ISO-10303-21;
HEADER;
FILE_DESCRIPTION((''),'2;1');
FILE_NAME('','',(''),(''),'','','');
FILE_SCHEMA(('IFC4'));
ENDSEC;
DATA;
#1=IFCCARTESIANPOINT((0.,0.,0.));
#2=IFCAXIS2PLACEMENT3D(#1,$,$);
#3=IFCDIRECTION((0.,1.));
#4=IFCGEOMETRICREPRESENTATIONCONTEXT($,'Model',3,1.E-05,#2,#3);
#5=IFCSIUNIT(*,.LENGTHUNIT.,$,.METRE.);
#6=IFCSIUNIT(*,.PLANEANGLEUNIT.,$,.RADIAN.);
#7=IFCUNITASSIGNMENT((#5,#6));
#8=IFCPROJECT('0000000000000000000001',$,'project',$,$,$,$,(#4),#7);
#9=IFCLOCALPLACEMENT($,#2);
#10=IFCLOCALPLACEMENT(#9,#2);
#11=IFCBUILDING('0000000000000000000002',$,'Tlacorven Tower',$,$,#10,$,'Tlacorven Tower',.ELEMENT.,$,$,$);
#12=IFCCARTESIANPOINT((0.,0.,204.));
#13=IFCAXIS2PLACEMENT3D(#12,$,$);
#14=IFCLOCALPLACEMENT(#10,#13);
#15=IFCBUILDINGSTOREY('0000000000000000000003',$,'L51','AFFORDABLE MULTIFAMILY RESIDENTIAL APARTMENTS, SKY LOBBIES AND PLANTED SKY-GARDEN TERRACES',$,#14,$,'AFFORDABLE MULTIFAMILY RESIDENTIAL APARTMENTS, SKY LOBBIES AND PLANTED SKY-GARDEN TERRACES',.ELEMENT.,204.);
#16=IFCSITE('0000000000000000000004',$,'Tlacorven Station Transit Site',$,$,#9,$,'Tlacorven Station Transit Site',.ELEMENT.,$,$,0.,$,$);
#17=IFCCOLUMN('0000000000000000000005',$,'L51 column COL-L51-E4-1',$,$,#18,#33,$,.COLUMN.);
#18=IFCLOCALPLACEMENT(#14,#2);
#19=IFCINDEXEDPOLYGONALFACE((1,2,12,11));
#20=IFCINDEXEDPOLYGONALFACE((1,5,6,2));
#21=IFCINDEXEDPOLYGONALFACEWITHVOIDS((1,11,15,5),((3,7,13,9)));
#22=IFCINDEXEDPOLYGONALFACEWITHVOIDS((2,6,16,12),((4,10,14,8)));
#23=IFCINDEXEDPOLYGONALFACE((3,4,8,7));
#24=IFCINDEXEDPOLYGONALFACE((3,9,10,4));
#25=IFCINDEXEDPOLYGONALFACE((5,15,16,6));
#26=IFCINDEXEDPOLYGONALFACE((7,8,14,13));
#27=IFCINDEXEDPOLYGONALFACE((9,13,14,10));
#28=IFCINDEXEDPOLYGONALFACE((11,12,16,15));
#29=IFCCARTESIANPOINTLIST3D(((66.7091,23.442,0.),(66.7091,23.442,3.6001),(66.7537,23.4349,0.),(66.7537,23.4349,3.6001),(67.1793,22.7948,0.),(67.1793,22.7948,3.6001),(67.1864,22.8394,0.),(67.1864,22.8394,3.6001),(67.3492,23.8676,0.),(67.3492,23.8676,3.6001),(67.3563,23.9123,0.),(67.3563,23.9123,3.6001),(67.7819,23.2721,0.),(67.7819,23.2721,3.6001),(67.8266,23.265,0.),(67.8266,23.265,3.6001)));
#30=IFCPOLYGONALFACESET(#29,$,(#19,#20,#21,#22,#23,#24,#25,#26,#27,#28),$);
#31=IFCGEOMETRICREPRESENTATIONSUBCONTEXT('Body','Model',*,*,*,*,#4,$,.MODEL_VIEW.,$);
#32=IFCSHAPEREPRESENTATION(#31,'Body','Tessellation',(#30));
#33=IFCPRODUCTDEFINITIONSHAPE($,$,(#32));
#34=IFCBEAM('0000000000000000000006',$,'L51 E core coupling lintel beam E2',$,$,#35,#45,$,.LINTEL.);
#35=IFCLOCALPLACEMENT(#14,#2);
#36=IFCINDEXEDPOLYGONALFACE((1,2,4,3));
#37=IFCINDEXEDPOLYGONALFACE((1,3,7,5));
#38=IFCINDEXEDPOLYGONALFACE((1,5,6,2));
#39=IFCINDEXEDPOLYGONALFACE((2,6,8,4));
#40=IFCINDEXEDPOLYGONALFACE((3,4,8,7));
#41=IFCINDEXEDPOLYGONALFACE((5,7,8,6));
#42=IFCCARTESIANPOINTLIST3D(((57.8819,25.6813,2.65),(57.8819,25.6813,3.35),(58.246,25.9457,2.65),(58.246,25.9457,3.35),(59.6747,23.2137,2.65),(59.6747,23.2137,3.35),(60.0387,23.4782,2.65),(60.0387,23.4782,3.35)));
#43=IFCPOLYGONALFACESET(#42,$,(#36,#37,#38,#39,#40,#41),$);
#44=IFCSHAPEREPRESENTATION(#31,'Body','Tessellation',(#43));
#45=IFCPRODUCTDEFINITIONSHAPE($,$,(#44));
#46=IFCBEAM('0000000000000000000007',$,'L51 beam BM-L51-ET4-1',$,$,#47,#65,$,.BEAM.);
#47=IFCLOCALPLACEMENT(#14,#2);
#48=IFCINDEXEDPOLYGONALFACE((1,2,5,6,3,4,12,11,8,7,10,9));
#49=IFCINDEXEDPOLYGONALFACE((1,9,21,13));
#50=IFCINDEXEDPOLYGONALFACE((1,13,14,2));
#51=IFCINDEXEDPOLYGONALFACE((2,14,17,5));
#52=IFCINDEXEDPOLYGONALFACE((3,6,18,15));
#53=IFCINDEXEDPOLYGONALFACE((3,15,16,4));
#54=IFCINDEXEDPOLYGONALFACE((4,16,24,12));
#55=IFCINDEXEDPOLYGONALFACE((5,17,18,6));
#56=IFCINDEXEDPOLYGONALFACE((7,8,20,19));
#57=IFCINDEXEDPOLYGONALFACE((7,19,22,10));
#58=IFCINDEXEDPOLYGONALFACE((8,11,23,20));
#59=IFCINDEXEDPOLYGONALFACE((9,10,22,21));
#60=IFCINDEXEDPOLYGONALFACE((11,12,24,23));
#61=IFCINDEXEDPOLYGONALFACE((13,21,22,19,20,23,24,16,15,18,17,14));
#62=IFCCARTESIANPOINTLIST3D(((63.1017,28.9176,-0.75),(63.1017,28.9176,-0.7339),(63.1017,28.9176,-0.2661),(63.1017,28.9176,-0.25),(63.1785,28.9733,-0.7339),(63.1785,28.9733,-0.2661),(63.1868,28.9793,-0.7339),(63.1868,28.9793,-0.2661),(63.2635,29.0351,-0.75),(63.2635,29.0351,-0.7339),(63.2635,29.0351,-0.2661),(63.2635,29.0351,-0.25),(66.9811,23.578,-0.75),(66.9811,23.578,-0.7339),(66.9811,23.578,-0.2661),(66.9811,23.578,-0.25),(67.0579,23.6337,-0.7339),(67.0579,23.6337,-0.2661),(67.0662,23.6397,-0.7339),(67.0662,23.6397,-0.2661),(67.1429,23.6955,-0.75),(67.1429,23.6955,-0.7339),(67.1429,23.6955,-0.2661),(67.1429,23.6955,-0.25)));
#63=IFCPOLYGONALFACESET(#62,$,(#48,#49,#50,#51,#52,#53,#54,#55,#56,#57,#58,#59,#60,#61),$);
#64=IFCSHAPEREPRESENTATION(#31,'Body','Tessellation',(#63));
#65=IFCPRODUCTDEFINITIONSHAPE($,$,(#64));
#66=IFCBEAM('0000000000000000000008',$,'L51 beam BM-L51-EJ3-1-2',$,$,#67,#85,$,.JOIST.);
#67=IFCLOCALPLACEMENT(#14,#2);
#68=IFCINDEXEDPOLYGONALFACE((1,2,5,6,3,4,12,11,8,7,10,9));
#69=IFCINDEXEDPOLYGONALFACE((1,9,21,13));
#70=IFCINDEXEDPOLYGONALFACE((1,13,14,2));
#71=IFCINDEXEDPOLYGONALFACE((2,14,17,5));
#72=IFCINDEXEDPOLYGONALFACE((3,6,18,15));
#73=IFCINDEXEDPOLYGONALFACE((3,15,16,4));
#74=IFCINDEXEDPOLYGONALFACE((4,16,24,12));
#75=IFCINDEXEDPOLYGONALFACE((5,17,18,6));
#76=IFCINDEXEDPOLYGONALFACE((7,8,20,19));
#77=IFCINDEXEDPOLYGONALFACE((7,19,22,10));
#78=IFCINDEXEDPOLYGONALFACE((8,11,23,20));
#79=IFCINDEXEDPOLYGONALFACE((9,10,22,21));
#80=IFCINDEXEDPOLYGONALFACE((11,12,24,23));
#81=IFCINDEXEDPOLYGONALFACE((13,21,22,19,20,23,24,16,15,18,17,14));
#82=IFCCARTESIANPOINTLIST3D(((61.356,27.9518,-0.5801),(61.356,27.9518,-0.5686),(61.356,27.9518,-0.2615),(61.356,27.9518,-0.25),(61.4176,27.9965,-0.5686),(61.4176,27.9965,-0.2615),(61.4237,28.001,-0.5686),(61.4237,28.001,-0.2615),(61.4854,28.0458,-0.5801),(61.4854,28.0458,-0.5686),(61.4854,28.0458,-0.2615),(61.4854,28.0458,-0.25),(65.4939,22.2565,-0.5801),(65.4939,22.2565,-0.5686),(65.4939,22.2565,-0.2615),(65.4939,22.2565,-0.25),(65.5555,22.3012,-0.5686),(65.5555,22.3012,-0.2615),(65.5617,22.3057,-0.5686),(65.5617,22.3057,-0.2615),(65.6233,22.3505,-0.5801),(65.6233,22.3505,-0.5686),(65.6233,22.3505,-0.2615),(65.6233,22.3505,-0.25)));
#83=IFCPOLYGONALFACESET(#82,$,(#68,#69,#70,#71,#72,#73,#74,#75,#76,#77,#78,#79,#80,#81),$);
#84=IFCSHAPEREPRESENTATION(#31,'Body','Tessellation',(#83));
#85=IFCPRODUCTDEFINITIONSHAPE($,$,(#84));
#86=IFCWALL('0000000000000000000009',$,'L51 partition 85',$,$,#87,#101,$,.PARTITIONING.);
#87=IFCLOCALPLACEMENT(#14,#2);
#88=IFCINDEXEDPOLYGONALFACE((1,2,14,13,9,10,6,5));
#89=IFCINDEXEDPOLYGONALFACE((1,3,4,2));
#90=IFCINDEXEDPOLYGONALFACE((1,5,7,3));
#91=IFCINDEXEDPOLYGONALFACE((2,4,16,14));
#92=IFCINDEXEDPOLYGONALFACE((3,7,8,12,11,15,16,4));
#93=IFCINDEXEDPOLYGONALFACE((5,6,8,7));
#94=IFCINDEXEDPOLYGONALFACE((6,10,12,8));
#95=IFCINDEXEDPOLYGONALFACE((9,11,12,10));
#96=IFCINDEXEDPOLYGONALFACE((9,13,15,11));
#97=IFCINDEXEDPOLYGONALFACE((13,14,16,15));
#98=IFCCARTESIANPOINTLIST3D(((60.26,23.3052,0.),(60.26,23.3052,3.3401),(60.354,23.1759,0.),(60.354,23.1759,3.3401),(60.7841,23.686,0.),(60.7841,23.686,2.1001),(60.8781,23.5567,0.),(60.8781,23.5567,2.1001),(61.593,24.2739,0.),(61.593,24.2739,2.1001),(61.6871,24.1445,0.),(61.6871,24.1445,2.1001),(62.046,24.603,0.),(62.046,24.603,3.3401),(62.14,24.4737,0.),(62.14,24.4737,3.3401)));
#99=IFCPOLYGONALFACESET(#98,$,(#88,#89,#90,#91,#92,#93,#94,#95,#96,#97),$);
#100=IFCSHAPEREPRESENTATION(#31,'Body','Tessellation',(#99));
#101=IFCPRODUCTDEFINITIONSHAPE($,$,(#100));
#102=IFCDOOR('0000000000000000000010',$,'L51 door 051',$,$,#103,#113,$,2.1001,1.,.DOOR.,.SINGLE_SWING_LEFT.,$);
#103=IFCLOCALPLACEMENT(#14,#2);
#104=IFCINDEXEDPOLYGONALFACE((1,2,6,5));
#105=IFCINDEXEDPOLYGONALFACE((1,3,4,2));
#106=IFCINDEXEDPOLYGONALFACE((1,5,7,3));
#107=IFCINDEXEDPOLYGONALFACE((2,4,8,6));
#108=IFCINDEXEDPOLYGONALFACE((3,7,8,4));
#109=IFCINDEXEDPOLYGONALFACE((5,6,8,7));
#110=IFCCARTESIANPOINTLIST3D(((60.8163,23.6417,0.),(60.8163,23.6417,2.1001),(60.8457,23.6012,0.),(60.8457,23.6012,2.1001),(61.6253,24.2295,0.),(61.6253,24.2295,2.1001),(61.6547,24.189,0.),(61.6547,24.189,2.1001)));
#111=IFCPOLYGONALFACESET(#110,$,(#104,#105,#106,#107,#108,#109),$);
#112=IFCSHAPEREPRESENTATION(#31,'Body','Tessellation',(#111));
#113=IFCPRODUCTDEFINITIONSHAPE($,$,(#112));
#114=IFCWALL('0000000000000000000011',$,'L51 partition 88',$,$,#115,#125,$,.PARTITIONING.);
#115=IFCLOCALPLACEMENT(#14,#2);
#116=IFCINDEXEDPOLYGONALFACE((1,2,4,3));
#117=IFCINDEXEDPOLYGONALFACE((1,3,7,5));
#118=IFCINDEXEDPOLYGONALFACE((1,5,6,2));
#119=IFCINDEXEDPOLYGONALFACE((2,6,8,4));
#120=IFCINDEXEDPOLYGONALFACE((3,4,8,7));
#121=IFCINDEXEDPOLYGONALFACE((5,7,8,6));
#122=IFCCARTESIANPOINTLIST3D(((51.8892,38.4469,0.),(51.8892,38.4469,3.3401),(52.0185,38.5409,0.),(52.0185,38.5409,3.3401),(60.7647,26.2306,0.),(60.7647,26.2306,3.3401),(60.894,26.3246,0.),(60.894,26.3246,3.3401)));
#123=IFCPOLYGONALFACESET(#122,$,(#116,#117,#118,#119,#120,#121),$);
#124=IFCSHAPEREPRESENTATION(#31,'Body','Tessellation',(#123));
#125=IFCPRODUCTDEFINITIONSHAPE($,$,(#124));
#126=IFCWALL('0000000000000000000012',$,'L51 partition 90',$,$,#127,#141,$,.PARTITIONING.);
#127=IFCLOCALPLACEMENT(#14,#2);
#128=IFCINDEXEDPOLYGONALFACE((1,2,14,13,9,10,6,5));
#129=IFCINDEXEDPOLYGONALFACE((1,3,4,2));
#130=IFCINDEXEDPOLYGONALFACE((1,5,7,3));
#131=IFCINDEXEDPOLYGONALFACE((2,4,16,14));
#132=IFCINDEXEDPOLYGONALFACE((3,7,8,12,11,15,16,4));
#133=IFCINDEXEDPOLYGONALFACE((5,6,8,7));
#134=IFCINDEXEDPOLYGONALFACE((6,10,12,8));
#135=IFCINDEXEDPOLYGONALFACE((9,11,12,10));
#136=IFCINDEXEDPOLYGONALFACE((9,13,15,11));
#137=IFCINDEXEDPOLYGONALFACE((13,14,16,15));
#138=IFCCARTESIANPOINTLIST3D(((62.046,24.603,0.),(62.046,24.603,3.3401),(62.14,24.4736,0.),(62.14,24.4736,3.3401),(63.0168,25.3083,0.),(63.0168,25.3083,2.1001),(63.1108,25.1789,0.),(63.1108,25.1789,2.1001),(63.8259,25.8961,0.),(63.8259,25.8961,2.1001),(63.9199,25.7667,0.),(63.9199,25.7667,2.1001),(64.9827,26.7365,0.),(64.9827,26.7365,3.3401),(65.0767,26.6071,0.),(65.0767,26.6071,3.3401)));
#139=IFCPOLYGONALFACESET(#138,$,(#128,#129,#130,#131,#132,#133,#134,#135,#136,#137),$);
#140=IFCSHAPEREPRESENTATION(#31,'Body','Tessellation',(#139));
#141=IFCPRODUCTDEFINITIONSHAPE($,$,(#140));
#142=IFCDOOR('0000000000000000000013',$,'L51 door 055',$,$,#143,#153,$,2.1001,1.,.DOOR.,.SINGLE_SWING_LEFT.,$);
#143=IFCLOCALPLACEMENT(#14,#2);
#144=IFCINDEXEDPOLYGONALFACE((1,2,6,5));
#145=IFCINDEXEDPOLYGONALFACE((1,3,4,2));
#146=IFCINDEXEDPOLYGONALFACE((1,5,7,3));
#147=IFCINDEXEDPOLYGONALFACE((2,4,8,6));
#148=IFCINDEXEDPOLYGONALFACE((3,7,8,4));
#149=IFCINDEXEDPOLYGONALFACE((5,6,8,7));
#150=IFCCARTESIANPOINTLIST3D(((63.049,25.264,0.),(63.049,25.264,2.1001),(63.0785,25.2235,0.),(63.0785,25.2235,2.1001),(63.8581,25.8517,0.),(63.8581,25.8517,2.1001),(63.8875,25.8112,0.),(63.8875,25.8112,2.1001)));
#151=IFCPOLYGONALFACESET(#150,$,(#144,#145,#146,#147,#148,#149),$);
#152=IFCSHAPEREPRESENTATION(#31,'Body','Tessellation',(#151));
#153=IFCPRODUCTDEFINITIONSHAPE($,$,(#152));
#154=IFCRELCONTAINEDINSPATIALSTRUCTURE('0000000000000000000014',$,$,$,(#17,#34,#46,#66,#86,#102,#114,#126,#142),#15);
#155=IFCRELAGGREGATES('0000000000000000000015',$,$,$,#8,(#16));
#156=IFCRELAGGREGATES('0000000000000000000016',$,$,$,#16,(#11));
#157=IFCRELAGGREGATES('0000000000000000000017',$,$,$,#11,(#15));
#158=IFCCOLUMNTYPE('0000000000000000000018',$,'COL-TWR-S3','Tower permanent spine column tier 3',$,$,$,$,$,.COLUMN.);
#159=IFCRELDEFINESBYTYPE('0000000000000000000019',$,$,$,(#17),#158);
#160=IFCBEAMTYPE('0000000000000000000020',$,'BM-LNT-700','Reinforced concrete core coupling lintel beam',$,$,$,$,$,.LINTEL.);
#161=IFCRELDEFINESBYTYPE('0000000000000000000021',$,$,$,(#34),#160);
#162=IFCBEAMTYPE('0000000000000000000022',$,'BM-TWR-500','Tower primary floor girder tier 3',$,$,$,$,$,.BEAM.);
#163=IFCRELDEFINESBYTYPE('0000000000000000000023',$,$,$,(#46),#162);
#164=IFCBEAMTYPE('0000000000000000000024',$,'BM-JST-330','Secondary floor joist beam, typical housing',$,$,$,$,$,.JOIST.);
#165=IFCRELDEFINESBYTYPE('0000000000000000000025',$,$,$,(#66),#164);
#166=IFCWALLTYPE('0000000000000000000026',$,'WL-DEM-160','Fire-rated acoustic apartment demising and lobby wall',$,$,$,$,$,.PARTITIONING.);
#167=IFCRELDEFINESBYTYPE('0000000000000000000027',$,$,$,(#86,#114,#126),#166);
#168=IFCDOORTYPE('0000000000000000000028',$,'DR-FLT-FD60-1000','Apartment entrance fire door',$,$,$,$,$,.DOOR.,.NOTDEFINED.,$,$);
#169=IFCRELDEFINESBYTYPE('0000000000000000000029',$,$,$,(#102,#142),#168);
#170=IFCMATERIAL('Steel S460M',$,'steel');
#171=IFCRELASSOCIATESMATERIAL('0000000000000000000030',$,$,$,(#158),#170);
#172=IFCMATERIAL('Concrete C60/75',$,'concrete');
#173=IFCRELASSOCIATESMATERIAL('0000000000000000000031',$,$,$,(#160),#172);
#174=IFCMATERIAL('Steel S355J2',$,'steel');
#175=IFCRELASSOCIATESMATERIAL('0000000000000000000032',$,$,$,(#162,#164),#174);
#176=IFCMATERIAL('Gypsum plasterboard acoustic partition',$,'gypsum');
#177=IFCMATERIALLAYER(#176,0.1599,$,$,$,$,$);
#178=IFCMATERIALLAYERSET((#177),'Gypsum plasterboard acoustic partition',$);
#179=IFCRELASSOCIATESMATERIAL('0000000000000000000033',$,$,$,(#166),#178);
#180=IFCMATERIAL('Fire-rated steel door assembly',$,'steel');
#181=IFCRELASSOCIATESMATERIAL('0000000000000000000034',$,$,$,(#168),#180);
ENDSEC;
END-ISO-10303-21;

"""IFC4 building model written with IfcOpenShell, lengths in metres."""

from ifc_helpers import new_model, si_unit, direction, frame, frame_2d, origin, origin_2d, place, context, subcontext, project, spatial, rectangle, hollow_rectangle, i_section, extrude, source, transform, mapped, material, layer, layer_set, material_profile, profile_set, type_object, element, fill, save


model = new_model("IFC4")

# Units and contexts
model_context = context("Model", 3, precision=1e-05, world=origin(), true_north=direction((0.0, 1.0)))
body_context = subcontext(model_context, "Body", "Model", "MODEL_VIEW")
ifc_project = project(units=[si_unit("LENGTHUNIT", "METRE"), si_unit("PLANEANGLEUNIT", "RADIAN")], contexts=[model_context])

# Site, building, storey
site_placement = place(None, origin())
site = spatial("IfcSite", under=ifc_project, at=site_placement, Name="Tlacorven Station Transit Site", LongName="Tlacorven Station Transit Site", CompositionType="ELEMENT", RefElevation=0.0)
building_placement = place(site_placement, origin())
building = spatial("IfcBuilding", under=site, at=building_placement, Name="Tlacorven Tower", LongName="Tlacorven Tower", CompositionType="ELEMENT")
storey_placement = place(building_placement, frame((0.0, 0.0, 204.0)))
storey = spatial("IfcBuildingStorey", under=building, at=storey_placement, Name="L51", Description="AFFORDABLE MULTIFAMILY RESIDENTIAL APARTMENTS, SKY LOBBIES AND PLANTED SKY-GARDEN TERRACES", LongName="AFFORDABLE MULTIFAMILY RESIDENTIAL APARTMENTS, SKY LOBBIES AND PLANTED SKY-GARDEN TERRACES", CompositionType="ELEMENT", Elevation=204.0)

# Column
ifc_material_1 = material(Name="Steel S460M", Category="steel")
ifc_material_profile_1 = material_profile(ifc_material_1, hollow_rectangle(XDim=0.8, YDim=0.8, WallThickness=0.032, at=origin_2d()), Name="BOX 800X800X32")
ifc_profile_set_1 = profile_set([ifc_material_profile_1], Name="Steel S460M")
column_type = type_object("IfcColumnType", Name="COL-TWR-S3", Description="Tower permanent spine column tier 3", PredefinedType="COLUMN", material=ifc_profile_set_1)
shared_shape_1 = source(origin(), body_context, "Body", "SweptSolid", [
    extrude(hollow_rectangle(XDim=0.8, YDim=0.8, WallThickness=0.032, at=origin_2d()), origin(), (0.0, 0.0, 1.0), 3.6001),
])
column_placement = place(storey_placement, frame((67.2678, 23.3535, 0.0), z_axis=(0.0, 0.0, 1.0), x_axis=(0.809017, 0.587785, 0.0)))
element("IfcColumn", 1, at=column_placement, inside=storey, type_object=column_type, Name="L51 column COL-L51-E4-1", PredefinedType="COLUMN", context=body_context, shape_type="MappedRepresentation", body=[
    mapped(shared_shape_1, transform((0.0, 0.0, 0.0), scale=1.0)),
])

# Beams
ifc_material_2 = material(Name="Concrete C60/75", Category="concrete")
ifc_material_profile_2 = material_profile(ifc_material_2, rectangle(XDim=0.45, YDim=0.7, at=origin_2d()), Name="RC 450X700")
ifc_profile_set_2 = profile_set([ifc_material_profile_2], Name="Concrete C60/75")
beam_type_1 = type_object("IfcBeamType", Name="BM-LNT-700", Description="Reinforced concrete core coupling lintel beam", PredefinedType="LINTEL", material=ifc_profile_set_2)
shared_shape_2 = source(origin(), body_context, "Body", "SweptSolid", [
    extrude(rectangle(XDim=0.45, YDim=0.7, at=origin_2d()), origin(), (0.0, 0.0, 1.0), 3.05),
])
beam_1_placement = place(storey_placement, frame((59.8567, 23.3459, 3.0), z_axis=(-0.587777, 0.809023, 0.0), x_axis=(-0.809023, -0.587777, 0.0)))
element("IfcBeam", 2, at=beam_1_placement, inside=storey, type_object=beam_type_1, Name="L51 E core coupling lintel beam E2", PredefinedType="LINTEL", context=body_context, shape_type="MappedRepresentation", body=[
    mapped(shared_shape_2, transform((0.0, 0.0, 0.0), scale=1.0)),
])
ifc_material_3 = material(Name="Steel S355J2", Category="steel")
ifc_material_profile_3 = material_profile(ifc_material_3, i_section(OverallWidth=0.2, OverallDepth=0.5, WebThickness=0.0103, FlangeThickness=0.0161, at=origin_2d()), Name="IPE 500")
ifc_profile_set_3 = profile_set([ifc_material_profile_3], Name="Steel S355J2")
beam_type_2 = type_object("IfcBeamType", Name="BM-TWR-500", Description="Tower primary floor girder tier 3", PredefinedType="BEAM", material=ifc_profile_set_3)
shared_shape_3 = source(origin(), body_context, "Body", "SweptSolid", [
    extrude(i_section(OverallWidth=0.2, OverallDepth=0.5, WebThickness=0.0103, FlangeThickness=0.0161, at=origin_2d()), origin(), (0.0, 0.0, 1.0), 6.6001),
])
beam_2_placement = place(storey_placement, frame((67.062, 23.6367, -0.5), z_axis=(-0.58778, 0.809021, 0.0), x_axis=(-0.809021, -0.58778, 0.0)))
element("IfcBeam", 3, at=beam_2_placement, inside=storey, type_object=beam_type_2, Name="L51 beam BM-L51-ET4-1", PredefinedType="BEAM", context=body_context, shape_type="MappedRepresentation", body=[
    mapped(shared_shape_3, transform((0.0, 0.0, 0.0), scale=1.0)),
])
ifc_material_profile_4 = material_profile(ifc_material_3, i_section(OverallWidth=0.1599, OverallDepth=0.3301, WebThickness=0.0076, FlangeThickness=0.0115, at=origin_2d()), Name="IPE 330")
ifc_profile_set_4 = profile_set([ifc_material_profile_4], Name="Steel S355J2")
beam_type_3 = type_object("IfcBeamType", Name="BM-JST-330", Description="Secondary floor joist beam, typical housing", PredefinedType="JOIST", material=ifc_profile_set_4)
shared_shape_4 = source(origin(), body_context, "Body", "SweptSolid", [
    extrude(i_section(OverallWidth=0.1599, OverallDepth=0.3301, WebThickness=0.0076, FlangeThickness=0.0115, at=origin_2d()), origin(), (0.0, 0.0, 1.0), 7.0398),
])
beam_3_placement = place(storey_placement, frame((65.5586, 22.3035, -0.415), z_axis=(-0.58779, 0.809013, 0.0), x_axis=(-0.809013, -0.58779, 0.0)))
element("IfcBeam", 4, at=beam_3_placement, inside=storey, type_object=beam_type_3, Name="L51 beam BM-L51-EJ3-1-2", PredefinedType="JOIST", context=body_context, shape_type="MappedRepresentation", body=[
    mapped(shared_shape_4, transform((0.0, 0.0, 0.0), scale=1.0)),
])

# Wall, opening, door
ifc_material_4 = material(Name="Gypsum plasterboard acoustic partition", Category="gypsum")
ifc_layer_1 = layer(ifc_material_4, 0.1599)
ifc_layer_set_1 = layer_set([ifc_layer_1], Name="Gypsum plasterboard acoustic partition")
wall_type_1 = type_object("IfcWallType", Name="WL-DEM-160", Description="Fire-rated acoustic apartment demising and lobby wall", PredefinedType="PARTITIONING", material=ifc_layer_set_1)
wall_1_placement = place(storey_placement, frame((60.3069, 23.2405, 0.0), z_axis=(0.0, 0.0, 1.0), x_axis=(0.808985, 0.58783, 0.0)))
wall_1 = element("IfcWall", 5, at=wall_1_placement, inside=storey, type_object=wall_type_1, Name="L51 partition 85", PredefinedType="PARTITIONING", context=body_context, shape_type="SweptSolid", body=[
    extrude(rectangle(XDim=2.2078, YDim=0.1599, at=frame_2d((1.104, 0.0))), origin(), (0.0, 0.0, 1.0), 3.3401),
])
opening_1_placement = place(wall_1_placement, frame((0.6479, 0.0, 0.0)))
opening_1 = element("IfcOpeningElement", 6, at=opening_1_placement, cuts=wall_1, PredefinedType="OPENING", context=body_context, shape_type="SweptSolid", body=[
    extrude(rectangle(XDim=1.0, YDim=2.1001, at=frame_2d((0.5, 1.05))), frame((0.0, 0.0898, 0.0), z_axis=(0.0, -1.0, 0.0), x_axis=(1.0, 0.0, 0.0)), (0.0, 0.0, 1.0), 0.1799),
])
ifc_material_5 = material(Name="Fire-rated steel door assembly", Category="steel")
door_type_1 = type_object("IfcDoorType", Name="DR-FLT-FD60-1000", Description="Apartment entrance fire door", OperationType="NOTDEFINED", PredefinedType="DOOR", material=ifc_material_5)
shared_shape_5 = source(origin(), body_context, "Body", "SweptSolid", [
    extrude(rectangle(XDim=1.0, YDim=2.1001, at=frame_2d((0.5, 1.05))), frame((0.0, 0.0249, 0.0), z_axis=(0.0, -1.0, 0.0), x_axis=(1.0, 0.0, 0.0)), (0.0, 0.0, 1.0), 0.05),
])
door_1_placement = place(opening_1_placement, frame((1.0, 0.0, 0.0), z_axis=(0.0, 0.0, 1.0), x_axis=(-1.0, 0.0, 0.0)))
door_1 = element("IfcDoor", 7, at=door_1_placement, inside=storey, type_object=door_type_1, Name="L51 door 051", OperationType="SINGLE_SWING_LEFT", OverallHeight=2.1001, OverallWidth=1.0, PredefinedType="DOOR", context=body_context, shape_type="MappedRepresentation", body=[
    mapped(shared_shape_5, transform((0.0, 0.0, 0.0), scale=1.0)),
])
fill(opening_1, door_1)

# Wall
wall_2_placement = place(storey_placement, frame((60.8293, 26.2776, 0.0), z_axis=(0.0, 0.0, 1.0), x_axis=(-0.587777, 0.809023, 0.0)))
element("IfcWall", 8, at=wall_2_placement, inside=storey, type_object=wall_type_1, Name="L51 partition 88", PredefinedType="PARTITIONING", context=body_context, shape_type="SweptSolid", body=[
    extrude(rectangle(XDim=15.1001, YDim=0.1599, at=frame_2d((7.55, 0.0))), origin(), (0.0, 0.0, 1.0), 3.3401),
])

# Wall, opening, door
wall_3_placement = place(storey_placement, frame((62.093, 24.5383, 0.0), z_axis=(0.0, 0.0, 1.0), x_axis=(0.809036, 0.58776, 0.0)))
wall_3 = element("IfcWall", 9, at=wall_3_placement, inside=storey, type_object=wall_type_1, Name="L51 partition 90", PredefinedType="PARTITIONING", context=body_context, shape_type="SweptSolid", body=[
    extrude(rectangle(XDim=3.6299, YDim=0.1599, at=frame_2d((1.8149, 0.0))), origin(), (0.0, 0.0, 1.0), 3.3401),
])
opening_2_placement = place(wall_3_placement, frame((1.2, 0.0, 0.0)))
opening_2 = element("IfcOpeningElement", 10, at=opening_2_placement, cuts=wall_3, PredefinedType="OPENING", context=body_context, shape_type="SweptSolid", body=[
    extrude(rectangle(XDim=1.0, YDim=2.1001, at=frame_2d((0.5, 1.05))), frame((0.0, 0.0898, 0.0), z_axis=(0.0, -1.0, 0.0), x_axis=(1.0, 0.0, 0.0)), (0.0, 0.0, 1.0), 0.1799),
])
door_2_placement = place(opening_2_placement, frame((1.0, 0.0, 0.0), z_axis=(0.0, 0.0, 1.0), x_axis=(-1.0, 0.0, 0.0)))
door_2 = element("IfcDoor", 11, at=door_2_placement, inside=storey, type_object=door_type_1, Name="L51 door 055", OperationType="SINGLE_SWING_LEFT", OverallHeight=2.1001, OverallWidth=1.0, PredefinedType="DOOR", context=body_context, shape_type="MappedRepresentation", body=[
    mapped(shared_shape_5, transform((0.0, 0.0, 0.0), scale=1.0)),
])
fill(opening_2, door_2)

save(model, "model.ifc")
